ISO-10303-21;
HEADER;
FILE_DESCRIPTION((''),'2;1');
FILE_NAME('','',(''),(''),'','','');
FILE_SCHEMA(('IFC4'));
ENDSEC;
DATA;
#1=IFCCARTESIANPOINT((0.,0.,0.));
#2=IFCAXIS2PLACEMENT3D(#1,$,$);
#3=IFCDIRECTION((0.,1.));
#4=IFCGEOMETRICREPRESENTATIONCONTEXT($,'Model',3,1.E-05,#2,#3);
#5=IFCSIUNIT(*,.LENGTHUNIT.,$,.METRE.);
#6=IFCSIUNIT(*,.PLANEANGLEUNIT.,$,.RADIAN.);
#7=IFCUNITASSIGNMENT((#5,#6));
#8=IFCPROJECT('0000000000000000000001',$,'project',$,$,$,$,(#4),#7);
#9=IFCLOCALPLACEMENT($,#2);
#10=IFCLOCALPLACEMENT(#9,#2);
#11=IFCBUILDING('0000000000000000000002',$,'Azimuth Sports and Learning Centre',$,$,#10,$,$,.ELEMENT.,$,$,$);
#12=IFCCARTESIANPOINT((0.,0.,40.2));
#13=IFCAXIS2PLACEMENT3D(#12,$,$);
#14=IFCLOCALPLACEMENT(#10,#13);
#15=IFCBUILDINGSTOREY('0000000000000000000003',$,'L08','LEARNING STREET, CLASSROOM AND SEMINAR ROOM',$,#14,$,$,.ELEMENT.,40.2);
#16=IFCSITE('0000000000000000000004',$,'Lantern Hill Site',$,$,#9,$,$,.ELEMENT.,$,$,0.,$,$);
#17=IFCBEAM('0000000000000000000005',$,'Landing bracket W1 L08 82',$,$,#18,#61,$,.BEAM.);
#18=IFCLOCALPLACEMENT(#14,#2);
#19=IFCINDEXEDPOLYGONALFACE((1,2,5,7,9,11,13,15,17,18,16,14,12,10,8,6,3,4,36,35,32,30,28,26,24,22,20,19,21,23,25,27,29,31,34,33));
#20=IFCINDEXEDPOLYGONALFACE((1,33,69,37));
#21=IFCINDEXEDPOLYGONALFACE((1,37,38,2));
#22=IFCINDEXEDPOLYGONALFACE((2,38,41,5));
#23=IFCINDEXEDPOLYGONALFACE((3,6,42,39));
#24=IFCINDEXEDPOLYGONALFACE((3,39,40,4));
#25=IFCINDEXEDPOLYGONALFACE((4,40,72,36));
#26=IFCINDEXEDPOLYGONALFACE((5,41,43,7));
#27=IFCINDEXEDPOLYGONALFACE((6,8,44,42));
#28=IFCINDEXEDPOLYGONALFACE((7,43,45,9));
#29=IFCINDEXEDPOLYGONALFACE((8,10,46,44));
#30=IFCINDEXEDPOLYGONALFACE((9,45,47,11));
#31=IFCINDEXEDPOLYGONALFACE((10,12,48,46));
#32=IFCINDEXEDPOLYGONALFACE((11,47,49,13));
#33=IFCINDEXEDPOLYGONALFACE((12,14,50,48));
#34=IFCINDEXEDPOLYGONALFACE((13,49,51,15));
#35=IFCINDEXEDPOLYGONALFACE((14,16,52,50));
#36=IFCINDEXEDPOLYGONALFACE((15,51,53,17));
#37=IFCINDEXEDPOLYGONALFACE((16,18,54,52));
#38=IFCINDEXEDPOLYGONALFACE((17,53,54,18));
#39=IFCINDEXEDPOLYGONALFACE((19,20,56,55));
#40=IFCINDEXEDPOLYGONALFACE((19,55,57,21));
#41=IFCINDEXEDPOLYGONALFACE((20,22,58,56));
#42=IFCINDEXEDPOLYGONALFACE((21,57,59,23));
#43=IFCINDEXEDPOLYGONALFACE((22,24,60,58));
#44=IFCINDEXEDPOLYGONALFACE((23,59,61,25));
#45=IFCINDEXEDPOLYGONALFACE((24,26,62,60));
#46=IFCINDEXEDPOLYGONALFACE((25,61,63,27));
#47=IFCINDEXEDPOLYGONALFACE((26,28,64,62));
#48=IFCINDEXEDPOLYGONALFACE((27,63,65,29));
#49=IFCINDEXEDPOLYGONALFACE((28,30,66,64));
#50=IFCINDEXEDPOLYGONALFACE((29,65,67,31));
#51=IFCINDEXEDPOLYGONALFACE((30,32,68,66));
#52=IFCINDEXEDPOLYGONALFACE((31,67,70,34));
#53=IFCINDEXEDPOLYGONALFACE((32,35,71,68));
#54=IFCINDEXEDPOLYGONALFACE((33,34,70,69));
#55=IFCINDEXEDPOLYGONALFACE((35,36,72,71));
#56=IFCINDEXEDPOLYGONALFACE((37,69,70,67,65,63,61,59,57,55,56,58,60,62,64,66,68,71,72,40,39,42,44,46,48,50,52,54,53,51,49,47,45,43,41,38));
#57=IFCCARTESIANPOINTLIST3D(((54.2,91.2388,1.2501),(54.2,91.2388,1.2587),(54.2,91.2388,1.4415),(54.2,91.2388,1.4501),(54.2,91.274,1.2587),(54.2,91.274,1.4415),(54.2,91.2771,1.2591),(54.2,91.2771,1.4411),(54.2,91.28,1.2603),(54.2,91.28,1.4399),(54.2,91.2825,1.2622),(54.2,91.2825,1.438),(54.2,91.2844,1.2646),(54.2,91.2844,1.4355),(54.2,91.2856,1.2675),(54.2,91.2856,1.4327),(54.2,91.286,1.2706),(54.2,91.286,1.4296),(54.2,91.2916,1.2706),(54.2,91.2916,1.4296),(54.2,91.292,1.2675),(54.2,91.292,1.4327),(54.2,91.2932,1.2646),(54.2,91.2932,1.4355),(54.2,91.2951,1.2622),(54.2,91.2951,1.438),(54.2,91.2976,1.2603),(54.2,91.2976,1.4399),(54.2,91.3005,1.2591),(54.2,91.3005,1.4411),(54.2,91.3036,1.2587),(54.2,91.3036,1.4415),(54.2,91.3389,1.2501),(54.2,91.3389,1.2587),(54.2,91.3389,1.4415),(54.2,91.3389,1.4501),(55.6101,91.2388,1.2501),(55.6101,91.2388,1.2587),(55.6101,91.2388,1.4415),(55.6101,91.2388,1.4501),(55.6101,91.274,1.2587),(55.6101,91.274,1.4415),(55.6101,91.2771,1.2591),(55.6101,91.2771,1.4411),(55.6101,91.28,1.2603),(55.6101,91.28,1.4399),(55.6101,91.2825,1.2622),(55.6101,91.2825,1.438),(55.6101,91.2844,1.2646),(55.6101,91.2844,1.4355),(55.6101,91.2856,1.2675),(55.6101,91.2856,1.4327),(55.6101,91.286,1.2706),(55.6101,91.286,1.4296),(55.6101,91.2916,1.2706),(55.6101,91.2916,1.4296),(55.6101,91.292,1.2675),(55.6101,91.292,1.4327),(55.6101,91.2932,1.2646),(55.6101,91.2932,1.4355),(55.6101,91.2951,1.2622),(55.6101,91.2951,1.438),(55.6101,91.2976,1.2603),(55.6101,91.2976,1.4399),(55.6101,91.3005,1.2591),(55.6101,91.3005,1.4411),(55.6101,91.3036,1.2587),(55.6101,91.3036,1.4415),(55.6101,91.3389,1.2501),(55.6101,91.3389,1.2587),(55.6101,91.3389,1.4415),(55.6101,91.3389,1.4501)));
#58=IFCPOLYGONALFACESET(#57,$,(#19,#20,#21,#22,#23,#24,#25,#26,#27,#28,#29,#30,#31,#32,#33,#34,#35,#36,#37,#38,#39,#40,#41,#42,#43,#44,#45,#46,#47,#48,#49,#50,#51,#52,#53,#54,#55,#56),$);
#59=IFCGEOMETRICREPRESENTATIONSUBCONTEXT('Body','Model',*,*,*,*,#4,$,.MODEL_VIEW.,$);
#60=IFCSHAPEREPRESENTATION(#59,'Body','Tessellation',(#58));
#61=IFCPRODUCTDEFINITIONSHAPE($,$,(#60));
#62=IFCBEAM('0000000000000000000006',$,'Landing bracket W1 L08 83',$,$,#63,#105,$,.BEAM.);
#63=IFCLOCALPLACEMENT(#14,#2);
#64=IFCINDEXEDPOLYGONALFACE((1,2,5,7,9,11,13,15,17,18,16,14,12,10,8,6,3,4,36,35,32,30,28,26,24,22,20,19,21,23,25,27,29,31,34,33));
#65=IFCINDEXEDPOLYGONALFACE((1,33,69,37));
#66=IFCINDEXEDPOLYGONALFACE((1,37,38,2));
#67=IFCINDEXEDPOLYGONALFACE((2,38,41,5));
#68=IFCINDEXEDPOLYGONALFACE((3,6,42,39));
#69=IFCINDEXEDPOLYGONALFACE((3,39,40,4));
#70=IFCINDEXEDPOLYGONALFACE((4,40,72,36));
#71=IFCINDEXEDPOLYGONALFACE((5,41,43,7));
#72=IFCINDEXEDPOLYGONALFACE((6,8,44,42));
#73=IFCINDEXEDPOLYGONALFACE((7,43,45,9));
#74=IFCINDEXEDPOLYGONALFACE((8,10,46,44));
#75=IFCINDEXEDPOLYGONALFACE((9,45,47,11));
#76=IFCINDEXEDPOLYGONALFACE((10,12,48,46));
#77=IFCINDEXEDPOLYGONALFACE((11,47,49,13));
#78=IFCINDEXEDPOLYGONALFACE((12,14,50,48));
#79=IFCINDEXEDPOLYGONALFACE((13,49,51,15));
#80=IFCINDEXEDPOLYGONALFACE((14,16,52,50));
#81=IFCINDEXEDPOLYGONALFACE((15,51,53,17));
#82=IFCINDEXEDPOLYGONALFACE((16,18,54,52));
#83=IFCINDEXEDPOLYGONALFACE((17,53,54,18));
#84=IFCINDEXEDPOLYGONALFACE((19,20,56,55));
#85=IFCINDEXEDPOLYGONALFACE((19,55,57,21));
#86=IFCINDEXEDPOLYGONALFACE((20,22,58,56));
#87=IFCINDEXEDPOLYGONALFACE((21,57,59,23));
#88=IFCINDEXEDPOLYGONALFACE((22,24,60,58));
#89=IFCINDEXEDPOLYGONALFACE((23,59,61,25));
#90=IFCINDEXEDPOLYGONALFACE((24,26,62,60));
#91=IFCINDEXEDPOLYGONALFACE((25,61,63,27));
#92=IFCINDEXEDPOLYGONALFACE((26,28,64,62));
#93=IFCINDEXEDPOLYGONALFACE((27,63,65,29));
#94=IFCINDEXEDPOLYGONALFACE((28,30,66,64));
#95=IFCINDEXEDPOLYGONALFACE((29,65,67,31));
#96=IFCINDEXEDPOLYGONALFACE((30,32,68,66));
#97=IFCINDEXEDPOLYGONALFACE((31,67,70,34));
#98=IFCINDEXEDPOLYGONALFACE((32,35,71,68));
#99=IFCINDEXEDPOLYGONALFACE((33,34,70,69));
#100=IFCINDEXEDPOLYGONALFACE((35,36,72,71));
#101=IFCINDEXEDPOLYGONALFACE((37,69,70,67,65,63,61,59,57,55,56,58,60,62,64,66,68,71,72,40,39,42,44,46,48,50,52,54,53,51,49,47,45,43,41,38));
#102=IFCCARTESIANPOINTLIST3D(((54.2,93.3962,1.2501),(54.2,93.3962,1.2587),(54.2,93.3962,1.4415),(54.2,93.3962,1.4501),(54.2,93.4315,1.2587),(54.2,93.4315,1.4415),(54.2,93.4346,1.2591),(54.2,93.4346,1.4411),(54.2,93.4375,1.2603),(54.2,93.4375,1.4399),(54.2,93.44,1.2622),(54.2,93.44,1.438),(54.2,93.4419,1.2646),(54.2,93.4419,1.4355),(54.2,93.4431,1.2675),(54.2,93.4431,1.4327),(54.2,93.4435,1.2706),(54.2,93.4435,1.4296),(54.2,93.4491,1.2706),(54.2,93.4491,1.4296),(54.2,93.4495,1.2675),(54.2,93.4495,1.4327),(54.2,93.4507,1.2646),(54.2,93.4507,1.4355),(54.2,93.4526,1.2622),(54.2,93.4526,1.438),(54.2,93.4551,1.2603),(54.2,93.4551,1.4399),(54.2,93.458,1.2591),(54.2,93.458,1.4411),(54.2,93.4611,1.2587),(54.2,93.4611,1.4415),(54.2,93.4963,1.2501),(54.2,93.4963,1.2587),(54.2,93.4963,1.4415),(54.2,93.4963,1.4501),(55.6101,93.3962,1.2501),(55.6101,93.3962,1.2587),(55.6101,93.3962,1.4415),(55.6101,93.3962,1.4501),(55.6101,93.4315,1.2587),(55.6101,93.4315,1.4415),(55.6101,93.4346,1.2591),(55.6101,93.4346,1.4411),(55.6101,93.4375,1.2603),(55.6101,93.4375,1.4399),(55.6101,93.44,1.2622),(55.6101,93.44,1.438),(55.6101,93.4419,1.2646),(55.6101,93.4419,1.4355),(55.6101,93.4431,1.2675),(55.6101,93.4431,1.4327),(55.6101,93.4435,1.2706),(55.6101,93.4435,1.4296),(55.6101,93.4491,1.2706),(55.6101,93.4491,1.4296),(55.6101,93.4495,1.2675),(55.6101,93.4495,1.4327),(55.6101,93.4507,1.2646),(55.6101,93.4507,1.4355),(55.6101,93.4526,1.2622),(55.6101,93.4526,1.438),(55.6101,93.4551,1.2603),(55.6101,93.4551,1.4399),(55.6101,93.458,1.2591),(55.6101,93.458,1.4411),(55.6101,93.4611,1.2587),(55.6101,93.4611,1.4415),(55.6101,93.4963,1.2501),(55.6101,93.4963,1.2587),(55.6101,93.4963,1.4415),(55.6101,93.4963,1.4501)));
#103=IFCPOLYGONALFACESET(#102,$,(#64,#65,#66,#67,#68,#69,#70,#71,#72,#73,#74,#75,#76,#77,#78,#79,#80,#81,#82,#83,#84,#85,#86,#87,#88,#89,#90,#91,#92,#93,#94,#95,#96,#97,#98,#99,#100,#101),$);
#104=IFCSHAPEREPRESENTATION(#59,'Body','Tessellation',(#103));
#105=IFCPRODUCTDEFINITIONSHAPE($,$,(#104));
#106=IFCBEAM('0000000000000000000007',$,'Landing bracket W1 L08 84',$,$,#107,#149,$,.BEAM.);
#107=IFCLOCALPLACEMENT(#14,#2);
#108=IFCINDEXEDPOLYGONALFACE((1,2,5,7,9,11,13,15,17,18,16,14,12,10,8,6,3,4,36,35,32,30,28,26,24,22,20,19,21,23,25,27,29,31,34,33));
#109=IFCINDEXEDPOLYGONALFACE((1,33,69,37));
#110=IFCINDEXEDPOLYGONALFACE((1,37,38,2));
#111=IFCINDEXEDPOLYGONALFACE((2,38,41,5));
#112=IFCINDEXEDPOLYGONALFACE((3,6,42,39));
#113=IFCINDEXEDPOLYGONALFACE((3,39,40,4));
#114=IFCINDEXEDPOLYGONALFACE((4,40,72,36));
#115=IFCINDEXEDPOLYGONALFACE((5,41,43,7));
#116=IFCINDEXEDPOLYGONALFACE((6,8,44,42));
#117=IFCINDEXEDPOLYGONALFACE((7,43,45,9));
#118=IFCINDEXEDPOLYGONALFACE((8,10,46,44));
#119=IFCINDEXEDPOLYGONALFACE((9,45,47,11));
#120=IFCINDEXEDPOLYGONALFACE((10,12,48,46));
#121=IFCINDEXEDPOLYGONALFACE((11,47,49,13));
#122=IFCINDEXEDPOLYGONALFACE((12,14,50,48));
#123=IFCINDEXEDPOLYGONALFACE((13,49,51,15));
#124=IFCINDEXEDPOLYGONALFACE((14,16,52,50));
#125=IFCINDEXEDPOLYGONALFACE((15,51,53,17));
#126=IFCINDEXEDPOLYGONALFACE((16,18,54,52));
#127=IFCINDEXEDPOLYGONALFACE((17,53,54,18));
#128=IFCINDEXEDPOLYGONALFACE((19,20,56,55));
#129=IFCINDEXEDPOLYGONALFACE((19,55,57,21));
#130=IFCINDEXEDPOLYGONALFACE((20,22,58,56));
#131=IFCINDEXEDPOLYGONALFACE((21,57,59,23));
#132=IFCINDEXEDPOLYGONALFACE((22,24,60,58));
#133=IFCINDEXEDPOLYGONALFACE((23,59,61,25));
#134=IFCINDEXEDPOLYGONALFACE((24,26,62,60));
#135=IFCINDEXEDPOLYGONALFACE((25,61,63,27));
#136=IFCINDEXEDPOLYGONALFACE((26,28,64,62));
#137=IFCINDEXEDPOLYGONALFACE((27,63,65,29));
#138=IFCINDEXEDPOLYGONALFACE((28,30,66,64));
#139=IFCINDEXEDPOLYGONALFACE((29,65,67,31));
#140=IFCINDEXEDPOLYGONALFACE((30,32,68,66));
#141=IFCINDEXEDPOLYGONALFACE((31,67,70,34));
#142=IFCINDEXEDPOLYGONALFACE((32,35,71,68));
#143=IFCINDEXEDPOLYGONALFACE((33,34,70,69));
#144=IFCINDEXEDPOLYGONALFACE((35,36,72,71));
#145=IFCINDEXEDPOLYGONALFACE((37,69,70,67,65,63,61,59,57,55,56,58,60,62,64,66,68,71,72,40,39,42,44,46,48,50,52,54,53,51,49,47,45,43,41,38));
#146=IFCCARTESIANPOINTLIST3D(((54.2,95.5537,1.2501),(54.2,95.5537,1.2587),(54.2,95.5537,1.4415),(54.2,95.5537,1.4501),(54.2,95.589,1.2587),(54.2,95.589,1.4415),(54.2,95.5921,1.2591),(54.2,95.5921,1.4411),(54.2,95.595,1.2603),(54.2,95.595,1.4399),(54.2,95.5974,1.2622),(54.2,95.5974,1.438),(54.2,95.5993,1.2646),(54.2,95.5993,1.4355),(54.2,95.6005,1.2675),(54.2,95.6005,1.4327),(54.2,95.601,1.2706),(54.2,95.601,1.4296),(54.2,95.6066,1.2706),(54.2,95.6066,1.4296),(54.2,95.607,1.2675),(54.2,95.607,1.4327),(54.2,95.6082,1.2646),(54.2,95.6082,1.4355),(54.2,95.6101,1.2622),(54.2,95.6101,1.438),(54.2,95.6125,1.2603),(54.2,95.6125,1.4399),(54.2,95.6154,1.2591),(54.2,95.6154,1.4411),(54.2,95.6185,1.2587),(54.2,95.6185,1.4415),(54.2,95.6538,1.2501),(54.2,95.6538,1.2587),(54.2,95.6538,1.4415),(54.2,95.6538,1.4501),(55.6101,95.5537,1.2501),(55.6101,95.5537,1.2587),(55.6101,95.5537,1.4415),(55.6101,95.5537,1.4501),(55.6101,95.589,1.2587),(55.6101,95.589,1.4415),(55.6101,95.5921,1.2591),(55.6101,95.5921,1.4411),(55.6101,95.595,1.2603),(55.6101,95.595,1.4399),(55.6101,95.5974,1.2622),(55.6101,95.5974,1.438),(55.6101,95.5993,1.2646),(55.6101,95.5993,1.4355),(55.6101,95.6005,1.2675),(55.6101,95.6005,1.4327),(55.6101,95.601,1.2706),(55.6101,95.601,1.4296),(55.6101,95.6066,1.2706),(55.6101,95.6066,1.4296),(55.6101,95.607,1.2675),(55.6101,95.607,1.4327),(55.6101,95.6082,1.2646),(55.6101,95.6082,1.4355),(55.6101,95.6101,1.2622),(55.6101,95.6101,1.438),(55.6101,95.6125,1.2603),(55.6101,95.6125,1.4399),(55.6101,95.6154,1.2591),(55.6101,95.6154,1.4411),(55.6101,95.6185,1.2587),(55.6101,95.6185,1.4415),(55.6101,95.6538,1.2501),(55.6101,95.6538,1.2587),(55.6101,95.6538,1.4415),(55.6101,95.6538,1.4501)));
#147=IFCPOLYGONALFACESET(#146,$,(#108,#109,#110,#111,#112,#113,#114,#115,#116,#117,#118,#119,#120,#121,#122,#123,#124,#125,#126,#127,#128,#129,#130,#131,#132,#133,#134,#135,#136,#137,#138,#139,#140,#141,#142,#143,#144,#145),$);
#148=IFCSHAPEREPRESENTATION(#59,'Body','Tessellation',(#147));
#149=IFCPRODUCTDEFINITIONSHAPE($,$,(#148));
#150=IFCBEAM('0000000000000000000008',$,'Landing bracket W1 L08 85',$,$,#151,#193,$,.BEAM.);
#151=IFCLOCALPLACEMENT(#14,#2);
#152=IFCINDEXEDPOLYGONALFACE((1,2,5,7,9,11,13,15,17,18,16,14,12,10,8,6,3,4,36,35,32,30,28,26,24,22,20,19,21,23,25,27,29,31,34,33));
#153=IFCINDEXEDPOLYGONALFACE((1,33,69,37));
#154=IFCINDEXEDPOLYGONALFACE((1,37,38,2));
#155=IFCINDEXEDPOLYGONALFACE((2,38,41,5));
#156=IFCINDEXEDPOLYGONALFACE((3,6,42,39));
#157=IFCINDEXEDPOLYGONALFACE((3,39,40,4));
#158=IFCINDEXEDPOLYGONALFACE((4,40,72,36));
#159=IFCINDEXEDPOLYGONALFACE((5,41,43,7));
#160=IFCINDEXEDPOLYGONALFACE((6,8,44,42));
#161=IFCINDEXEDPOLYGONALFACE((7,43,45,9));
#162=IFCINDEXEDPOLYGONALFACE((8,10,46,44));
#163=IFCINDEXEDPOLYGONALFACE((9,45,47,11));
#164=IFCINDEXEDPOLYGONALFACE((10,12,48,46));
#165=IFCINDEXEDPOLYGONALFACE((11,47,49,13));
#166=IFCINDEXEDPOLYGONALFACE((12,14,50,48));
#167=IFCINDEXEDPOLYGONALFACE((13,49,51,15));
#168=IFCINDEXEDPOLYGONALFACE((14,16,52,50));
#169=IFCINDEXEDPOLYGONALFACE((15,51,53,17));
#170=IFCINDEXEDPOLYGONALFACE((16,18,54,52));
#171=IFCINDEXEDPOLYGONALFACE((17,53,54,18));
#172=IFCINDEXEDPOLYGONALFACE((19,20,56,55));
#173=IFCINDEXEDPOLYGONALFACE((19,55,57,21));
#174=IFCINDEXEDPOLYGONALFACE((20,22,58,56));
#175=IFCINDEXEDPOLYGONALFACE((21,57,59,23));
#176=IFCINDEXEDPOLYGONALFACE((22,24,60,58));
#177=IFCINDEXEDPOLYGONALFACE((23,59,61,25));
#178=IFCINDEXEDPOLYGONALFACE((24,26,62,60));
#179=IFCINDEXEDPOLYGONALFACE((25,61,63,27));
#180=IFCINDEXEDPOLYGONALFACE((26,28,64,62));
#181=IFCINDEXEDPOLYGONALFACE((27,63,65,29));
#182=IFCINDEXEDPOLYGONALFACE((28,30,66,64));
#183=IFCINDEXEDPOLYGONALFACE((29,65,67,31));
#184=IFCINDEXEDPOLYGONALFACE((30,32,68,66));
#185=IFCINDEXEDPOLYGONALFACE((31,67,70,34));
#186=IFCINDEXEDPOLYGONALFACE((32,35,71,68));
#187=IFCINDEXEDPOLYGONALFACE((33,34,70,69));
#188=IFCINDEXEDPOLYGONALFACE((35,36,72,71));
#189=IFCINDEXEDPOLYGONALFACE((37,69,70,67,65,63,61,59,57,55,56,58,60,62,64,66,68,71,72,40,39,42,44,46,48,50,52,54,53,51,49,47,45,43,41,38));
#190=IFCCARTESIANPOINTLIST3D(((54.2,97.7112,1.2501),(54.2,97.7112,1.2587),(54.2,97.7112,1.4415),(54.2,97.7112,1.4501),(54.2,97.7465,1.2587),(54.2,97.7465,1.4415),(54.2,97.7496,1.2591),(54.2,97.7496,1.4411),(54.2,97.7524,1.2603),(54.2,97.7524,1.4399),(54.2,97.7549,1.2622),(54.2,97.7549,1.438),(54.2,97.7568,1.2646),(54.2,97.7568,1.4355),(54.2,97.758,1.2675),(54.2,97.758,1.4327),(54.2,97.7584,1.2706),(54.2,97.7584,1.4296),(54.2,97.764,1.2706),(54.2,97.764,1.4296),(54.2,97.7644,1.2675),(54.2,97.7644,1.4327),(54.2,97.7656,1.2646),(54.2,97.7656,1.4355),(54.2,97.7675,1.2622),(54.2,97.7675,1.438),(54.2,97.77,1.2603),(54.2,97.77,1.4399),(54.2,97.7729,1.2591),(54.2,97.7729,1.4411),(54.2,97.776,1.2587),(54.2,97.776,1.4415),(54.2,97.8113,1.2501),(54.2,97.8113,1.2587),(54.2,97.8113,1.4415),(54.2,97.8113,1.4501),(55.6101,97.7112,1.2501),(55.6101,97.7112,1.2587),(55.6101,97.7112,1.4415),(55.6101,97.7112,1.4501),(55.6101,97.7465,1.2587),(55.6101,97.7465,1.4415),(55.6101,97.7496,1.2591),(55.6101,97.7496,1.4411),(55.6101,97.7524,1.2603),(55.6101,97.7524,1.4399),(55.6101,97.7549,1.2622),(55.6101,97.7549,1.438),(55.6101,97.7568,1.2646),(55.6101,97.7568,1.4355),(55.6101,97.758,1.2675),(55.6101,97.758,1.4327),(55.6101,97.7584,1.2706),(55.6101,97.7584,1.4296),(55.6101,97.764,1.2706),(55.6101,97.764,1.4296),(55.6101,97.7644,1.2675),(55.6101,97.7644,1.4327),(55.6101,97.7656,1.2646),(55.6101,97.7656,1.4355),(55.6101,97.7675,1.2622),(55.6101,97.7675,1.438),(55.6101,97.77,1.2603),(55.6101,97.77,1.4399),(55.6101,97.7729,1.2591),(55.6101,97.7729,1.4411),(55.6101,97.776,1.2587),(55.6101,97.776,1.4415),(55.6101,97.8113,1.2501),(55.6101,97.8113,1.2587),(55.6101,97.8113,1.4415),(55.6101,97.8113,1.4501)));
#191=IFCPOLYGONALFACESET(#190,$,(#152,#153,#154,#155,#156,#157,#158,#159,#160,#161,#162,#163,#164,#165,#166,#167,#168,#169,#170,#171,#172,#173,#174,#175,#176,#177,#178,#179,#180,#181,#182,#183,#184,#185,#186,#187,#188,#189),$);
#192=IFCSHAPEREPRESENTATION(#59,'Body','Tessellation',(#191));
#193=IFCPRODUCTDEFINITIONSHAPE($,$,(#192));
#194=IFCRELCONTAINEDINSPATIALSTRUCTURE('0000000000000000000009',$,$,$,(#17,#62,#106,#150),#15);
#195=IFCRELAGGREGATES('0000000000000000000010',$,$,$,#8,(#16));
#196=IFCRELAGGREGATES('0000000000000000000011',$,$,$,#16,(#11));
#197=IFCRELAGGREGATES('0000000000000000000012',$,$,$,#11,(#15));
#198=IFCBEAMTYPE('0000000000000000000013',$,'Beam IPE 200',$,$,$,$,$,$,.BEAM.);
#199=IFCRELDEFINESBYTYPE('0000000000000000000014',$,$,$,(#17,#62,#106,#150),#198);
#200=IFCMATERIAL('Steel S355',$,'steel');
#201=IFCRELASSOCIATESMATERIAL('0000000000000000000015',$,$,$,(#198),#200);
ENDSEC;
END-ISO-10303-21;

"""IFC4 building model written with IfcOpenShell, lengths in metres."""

from ifc_helpers import new_model, si_unit, direction, frame, origin, origin_2d, place, context, subcontext, project, spatial, i_section, extrude, material, material_profile, profile_set, type_object, element, save


model = new_model("IFC4")

# Units and contexts
model_context = context("Model", 3, precision=1e-05, world=origin(), true_north=direction((0.0, 1.0)))
body_context = subcontext(model_context, "Body", "Model", "MODEL_VIEW")
ifc_project = project(units=[si_unit("LENGTHUNIT", "METRE"), si_unit("PLANEANGLEUNIT", "RADIAN")], contexts=[model_context])

# Site, building, storey
site_placement = place(None, origin())
site = spatial("IfcSite", under=ifc_project, at=site_placement, Name="Lantern Hill Site", CompositionType="ELEMENT", RefElevation=0.0)
building_placement = place(site_placement, origin())
building = spatial("IfcBuilding", under=site, at=building_placement, Name="Azimuth Sports and Learning Centre", CompositionType="ELEMENT")
storey_placement = place(building_placement, frame((0.0, 0.0, 40.2)))
storey = spatial("IfcBuildingStorey", under=building, at=storey_placement, Name="L08", Description="LEARNING STREET, CLASSROOM AND SEMINAR ROOM", CompositionType="ELEMENT", Elevation=40.2)

# Beams
ifc_material_1 = material(Name="Steel S355", Category="steel")
ifc_material_profile = material_profile(ifc_material_1, i_section(OverallWidth=0.1001, OverallDepth=0.2, WebThickness=0.0056, FlangeThickness=0.0085, FilletRadius=0.012, at=origin_2d()), Name="IPE 200")
ifc_profile_set = profile_set([ifc_material_profile], Name="Steel S355")
beam_type = type_object("IfcBeamType", Name="Beam IPE 200", PredefinedType="BEAM", material=ifc_profile_set)
for number, where, z_axis, x_axis, name in (
    (1, (54.2, 91.2888, 1.3501), (1.0, 0.0, 0.0), (0.0, 1.0, 0.0), "Landing bracket W1 L08 82"),
    (2, (54.2, 93.4463, 1.3501), (1.0, 0.0, 0.0), (0.0, 1.0, 0.0), "Landing bracket W1 L08 83"),
    (3, (54.2, 95.6038, 1.3501), (1.0, 0.0, 0.0), (0.0, 1.0, 0.0), "Landing bracket W1 L08 84"),
    (4, (54.2, 97.7612, 1.3501), (1.0, 0.0, 0.0), (0.0, 1.0, 0.0), "Landing bracket W1 L08 85"),
):
    element("IfcBeam", number, at=place(storey_placement, frame(where, z_axis=z_axis, x_axis=x_axis)), inside=storey, type_object=beam_type, Name=name, PredefinedType="BEAM", context=body_context, shape_type="SweptSolid", body=[
        extrude(i_section(OverallWidth=0.1001, OverallDepth=0.2, WebThickness=0.0056, FlangeThickness=0.0085, FilletRadius=0.012, at=origin_2d()), origin(), (0.0, 0.0, 1.0), 1.4102),
    ])

save(model, "model.ifc")
